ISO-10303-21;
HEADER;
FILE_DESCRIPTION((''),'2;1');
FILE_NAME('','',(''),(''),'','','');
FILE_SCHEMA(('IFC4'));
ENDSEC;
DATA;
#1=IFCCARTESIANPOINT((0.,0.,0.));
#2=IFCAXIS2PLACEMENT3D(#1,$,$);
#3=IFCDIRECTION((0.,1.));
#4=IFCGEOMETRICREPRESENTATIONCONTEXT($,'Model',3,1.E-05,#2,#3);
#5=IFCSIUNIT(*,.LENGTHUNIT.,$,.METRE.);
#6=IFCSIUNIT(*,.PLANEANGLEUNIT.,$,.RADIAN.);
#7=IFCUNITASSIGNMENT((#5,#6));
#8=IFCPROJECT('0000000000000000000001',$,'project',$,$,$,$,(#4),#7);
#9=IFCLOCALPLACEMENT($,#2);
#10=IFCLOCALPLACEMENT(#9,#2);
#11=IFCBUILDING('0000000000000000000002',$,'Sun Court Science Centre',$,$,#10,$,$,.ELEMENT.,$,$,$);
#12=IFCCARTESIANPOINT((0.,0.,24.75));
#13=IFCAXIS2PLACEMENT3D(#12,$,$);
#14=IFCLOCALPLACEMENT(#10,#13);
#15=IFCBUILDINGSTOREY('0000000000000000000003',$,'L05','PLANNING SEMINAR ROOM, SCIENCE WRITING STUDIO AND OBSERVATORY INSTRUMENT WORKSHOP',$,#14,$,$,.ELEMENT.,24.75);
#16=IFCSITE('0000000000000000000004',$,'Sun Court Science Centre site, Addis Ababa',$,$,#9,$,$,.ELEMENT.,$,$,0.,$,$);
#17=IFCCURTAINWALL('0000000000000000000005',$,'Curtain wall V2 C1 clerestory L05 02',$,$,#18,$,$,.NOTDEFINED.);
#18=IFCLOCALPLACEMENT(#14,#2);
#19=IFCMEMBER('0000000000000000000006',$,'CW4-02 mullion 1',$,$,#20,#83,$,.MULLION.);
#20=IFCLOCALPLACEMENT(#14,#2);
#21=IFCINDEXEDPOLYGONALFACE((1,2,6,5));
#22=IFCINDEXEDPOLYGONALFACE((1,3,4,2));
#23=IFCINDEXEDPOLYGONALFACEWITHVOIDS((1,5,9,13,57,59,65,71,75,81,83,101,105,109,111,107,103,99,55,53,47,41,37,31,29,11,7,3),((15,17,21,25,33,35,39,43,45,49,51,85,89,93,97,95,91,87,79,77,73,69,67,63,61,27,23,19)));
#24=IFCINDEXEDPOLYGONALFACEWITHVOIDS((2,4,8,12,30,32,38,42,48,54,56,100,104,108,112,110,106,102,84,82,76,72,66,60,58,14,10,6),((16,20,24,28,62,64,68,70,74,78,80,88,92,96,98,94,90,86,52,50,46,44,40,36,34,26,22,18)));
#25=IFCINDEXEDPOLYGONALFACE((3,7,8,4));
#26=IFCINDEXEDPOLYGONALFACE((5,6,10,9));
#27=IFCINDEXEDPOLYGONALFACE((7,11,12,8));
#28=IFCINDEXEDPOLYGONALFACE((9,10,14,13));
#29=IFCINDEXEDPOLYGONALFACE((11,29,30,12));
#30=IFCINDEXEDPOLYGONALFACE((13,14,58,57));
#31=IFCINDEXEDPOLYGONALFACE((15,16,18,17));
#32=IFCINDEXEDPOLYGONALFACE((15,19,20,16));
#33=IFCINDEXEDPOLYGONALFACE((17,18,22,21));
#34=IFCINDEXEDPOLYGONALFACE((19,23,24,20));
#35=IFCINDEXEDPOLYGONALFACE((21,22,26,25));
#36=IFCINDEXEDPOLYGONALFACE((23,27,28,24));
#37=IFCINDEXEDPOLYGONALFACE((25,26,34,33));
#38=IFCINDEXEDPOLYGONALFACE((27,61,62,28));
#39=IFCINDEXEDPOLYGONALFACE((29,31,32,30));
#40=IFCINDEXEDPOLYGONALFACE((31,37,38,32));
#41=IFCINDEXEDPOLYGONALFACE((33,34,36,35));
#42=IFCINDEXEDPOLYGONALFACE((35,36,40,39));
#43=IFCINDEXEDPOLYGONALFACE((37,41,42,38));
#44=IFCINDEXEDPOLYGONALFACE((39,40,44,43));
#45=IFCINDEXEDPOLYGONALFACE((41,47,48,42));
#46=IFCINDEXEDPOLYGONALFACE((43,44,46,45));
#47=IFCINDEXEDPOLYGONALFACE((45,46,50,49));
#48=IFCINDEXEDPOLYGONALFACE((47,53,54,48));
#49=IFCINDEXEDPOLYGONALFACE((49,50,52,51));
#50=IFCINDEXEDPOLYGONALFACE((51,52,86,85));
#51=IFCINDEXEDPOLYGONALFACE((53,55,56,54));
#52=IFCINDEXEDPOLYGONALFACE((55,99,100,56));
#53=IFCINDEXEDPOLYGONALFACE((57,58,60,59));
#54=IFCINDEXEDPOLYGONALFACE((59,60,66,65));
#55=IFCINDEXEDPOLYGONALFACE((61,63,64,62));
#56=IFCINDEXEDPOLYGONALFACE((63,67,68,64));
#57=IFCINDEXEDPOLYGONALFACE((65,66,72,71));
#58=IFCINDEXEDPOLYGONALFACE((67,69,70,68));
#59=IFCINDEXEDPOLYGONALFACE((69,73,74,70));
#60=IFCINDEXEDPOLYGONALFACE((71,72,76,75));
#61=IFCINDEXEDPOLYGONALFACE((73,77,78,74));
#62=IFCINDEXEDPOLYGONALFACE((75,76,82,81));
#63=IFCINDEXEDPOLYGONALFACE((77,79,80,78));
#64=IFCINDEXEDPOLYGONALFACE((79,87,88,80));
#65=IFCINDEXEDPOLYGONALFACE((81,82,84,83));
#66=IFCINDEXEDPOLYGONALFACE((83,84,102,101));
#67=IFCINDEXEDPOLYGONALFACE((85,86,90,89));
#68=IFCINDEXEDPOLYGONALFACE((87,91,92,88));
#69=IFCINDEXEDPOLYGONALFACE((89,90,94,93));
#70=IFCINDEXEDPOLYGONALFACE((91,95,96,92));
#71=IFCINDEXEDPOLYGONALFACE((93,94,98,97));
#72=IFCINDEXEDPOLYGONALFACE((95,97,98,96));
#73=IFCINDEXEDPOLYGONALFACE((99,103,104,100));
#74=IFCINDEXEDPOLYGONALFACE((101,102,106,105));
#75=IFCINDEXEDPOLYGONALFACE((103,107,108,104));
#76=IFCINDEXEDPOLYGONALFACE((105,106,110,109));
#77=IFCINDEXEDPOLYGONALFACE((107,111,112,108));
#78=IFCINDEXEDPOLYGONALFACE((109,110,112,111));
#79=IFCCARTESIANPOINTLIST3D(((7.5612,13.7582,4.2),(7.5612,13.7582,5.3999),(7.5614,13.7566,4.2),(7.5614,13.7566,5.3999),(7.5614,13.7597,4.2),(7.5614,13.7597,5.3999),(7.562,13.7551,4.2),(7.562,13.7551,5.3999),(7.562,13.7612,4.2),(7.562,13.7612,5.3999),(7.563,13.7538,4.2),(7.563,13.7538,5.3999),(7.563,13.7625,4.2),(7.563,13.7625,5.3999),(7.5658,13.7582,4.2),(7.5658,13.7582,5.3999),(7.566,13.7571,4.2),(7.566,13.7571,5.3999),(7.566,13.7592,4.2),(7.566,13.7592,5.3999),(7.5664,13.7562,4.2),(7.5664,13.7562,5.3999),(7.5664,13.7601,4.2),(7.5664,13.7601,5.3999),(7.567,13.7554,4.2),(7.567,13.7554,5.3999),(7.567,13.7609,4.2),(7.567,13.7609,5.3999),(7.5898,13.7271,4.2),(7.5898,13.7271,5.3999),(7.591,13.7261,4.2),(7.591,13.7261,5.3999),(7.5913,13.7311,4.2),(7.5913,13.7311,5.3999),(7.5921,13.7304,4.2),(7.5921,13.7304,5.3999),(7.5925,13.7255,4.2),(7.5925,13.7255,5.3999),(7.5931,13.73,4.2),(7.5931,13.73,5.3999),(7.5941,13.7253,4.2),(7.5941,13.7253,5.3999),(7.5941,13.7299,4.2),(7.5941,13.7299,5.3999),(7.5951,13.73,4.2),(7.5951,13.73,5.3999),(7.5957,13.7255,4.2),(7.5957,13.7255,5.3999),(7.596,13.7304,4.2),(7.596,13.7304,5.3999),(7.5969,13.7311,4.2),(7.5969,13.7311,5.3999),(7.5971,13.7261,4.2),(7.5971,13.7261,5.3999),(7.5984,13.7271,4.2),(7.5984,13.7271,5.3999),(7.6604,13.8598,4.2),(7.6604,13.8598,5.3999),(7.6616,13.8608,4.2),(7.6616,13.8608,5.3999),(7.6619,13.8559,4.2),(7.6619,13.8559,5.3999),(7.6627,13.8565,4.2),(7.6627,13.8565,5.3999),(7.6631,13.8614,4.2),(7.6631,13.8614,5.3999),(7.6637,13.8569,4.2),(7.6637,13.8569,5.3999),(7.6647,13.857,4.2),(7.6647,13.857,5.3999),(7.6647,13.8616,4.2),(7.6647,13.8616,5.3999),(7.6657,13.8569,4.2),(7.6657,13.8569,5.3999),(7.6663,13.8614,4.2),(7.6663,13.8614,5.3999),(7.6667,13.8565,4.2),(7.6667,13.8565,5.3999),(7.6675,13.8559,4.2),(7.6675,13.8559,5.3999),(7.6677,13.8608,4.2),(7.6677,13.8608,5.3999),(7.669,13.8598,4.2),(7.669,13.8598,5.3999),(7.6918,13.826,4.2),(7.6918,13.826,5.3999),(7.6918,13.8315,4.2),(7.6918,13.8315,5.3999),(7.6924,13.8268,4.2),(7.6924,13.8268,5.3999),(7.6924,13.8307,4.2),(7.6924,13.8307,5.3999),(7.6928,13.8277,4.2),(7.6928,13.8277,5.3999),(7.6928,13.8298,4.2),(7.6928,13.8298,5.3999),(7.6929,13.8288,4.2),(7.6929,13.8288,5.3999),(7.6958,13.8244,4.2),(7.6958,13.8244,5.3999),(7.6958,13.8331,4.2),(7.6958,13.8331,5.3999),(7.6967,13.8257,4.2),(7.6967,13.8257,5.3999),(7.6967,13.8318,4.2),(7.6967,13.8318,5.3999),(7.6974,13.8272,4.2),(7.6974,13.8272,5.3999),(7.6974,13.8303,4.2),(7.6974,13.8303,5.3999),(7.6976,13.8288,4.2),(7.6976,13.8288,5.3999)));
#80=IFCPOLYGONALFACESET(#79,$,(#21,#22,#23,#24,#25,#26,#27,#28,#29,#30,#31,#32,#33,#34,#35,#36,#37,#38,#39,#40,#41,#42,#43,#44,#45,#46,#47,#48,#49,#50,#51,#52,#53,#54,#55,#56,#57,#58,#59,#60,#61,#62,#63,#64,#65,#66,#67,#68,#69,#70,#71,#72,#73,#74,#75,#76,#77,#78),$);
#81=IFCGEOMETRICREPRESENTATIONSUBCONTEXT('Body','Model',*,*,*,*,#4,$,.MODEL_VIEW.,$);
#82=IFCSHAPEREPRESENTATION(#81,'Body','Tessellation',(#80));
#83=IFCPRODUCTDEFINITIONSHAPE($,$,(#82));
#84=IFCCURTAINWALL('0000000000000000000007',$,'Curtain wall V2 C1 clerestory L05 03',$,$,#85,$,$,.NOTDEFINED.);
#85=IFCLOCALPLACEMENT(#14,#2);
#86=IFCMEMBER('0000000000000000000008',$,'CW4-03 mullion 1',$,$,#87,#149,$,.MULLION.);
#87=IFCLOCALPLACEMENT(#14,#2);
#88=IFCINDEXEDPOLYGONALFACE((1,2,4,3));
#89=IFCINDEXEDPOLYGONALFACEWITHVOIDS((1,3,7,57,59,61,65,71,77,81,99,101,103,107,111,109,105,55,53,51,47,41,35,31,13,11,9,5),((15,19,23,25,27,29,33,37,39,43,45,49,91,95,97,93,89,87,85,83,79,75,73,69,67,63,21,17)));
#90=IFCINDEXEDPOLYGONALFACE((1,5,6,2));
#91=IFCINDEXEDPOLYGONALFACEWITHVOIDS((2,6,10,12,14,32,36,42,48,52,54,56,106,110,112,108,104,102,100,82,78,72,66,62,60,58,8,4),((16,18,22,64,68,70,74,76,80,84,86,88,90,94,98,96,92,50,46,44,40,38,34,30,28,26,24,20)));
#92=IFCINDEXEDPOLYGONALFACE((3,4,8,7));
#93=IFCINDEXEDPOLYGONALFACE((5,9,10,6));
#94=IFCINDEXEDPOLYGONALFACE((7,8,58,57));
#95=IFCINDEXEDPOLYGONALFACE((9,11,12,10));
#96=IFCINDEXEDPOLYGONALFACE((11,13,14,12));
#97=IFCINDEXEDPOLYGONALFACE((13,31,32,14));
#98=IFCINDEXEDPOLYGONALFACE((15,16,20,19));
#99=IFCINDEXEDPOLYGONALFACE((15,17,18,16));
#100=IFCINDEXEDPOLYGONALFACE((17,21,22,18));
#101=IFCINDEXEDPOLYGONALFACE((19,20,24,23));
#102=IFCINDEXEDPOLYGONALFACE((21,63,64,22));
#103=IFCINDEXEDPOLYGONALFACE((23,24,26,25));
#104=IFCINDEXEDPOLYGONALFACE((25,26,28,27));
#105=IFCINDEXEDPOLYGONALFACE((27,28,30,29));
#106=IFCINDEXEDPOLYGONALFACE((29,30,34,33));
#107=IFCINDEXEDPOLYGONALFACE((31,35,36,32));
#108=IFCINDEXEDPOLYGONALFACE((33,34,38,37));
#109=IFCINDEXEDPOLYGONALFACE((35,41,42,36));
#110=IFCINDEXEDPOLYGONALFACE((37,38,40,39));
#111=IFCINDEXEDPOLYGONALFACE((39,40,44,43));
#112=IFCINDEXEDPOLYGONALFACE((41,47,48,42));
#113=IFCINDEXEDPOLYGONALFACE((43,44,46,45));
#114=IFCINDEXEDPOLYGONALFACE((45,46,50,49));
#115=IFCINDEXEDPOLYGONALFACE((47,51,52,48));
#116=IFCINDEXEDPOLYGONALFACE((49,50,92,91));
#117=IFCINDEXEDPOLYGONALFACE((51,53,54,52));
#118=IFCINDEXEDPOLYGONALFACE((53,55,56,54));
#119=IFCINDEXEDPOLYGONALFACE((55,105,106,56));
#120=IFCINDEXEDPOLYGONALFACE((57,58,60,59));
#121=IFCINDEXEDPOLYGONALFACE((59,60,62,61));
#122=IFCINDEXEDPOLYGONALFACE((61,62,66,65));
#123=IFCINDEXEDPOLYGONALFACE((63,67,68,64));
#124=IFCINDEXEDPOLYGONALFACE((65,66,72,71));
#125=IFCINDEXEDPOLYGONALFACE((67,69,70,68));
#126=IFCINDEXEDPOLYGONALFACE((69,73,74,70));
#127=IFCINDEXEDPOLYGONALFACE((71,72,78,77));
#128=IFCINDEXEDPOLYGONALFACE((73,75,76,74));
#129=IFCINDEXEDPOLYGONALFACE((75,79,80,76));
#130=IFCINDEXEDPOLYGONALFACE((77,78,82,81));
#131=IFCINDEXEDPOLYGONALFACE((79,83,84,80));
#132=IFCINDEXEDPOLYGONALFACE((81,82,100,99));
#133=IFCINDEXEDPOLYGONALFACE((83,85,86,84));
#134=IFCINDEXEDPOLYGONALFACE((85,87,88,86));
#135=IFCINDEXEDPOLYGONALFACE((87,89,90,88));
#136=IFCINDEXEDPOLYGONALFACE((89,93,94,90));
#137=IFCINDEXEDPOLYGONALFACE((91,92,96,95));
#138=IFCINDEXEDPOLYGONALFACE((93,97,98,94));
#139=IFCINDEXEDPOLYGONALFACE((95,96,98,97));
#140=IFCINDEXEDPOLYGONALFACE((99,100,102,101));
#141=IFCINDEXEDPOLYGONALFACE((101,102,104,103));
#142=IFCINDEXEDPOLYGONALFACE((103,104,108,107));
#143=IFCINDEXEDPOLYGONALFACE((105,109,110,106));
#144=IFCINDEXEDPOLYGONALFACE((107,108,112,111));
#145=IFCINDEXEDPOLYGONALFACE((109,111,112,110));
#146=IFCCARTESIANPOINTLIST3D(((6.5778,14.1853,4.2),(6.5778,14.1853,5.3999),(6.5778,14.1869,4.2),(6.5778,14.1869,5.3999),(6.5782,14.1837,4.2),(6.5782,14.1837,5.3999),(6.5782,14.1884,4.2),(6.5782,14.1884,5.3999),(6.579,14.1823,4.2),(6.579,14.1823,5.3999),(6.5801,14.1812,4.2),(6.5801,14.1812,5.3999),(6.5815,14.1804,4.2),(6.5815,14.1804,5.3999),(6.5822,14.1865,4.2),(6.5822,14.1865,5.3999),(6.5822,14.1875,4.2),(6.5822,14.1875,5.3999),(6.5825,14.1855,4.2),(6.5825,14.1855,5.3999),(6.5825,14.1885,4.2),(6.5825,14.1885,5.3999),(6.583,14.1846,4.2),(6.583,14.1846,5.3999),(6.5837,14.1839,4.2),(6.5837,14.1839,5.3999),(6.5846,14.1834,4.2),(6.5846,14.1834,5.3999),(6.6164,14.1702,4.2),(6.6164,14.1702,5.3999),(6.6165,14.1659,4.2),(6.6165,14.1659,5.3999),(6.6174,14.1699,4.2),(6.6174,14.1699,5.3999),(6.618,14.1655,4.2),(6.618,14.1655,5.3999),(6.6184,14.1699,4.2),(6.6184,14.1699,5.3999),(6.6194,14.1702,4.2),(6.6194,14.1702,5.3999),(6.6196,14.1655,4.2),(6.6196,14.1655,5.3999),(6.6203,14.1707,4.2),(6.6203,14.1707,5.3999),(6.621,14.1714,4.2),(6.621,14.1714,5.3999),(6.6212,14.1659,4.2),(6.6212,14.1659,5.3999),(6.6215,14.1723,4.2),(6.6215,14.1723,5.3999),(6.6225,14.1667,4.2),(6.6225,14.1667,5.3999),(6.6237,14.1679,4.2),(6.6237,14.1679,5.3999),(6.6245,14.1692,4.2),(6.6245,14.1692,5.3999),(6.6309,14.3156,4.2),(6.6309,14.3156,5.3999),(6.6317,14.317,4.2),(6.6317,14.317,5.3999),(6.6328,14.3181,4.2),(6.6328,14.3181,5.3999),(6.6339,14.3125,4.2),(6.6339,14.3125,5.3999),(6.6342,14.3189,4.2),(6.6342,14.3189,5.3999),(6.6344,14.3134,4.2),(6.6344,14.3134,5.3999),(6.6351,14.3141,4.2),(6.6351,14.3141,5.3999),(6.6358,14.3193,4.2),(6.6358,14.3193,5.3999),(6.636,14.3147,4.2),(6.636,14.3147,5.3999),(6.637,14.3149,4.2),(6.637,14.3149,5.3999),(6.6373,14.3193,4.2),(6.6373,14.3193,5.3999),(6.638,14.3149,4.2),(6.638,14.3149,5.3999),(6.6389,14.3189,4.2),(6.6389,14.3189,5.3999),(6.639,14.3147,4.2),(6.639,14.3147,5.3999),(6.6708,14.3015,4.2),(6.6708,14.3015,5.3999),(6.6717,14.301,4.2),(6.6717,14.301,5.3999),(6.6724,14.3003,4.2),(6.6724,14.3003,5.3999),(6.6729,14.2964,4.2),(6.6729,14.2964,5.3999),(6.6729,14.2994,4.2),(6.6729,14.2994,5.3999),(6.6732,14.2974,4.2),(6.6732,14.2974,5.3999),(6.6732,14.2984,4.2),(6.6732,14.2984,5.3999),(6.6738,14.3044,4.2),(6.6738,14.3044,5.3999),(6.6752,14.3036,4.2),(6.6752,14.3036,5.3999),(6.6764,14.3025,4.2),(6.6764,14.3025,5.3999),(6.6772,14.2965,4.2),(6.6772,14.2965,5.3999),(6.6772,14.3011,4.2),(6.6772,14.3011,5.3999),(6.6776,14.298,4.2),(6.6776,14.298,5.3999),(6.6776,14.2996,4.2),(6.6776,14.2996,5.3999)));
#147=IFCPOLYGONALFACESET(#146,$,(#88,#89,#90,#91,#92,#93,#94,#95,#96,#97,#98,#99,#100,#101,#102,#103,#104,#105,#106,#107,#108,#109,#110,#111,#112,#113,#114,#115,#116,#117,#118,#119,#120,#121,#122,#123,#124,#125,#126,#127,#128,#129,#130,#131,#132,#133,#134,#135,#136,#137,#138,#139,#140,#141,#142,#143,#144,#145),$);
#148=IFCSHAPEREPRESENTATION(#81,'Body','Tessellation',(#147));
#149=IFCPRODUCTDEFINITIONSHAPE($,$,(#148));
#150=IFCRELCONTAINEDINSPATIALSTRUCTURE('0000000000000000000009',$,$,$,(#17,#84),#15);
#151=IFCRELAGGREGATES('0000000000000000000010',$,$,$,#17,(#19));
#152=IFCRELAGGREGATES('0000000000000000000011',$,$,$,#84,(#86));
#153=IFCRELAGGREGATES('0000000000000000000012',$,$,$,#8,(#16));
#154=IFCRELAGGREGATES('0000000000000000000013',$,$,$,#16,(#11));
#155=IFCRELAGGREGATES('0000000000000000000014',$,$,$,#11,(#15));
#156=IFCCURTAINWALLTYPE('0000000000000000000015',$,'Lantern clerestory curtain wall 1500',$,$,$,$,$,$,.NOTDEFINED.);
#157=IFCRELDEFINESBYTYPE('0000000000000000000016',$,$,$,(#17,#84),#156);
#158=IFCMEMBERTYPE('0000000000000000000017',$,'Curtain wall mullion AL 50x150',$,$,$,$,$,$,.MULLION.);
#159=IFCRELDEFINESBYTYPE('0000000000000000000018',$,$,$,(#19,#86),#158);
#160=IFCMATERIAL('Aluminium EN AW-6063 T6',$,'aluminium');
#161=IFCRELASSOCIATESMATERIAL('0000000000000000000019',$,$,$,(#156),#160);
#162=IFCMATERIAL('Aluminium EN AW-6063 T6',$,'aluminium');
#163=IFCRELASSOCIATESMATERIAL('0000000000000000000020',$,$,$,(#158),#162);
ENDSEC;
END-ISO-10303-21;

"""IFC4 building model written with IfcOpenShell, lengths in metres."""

from ifc_helpers import new_model, si_unit, direction, frame, origin, origin_2d, place, context, subcontext, project, spatial, hollow_rectangle, extrude, material, material_profile, profile_set, type_object, element, aggregate, save


model = new_model("IFC4")

# Units and contexts
model_context = context("Model", 3, precision=1e-05, world=origin(), true_north=direction((0.0, 1.0)))
body_context = subcontext(model_context, "Body", "Model", "MODEL_VIEW")
ifc_project = project(units=[si_unit("LENGTHUNIT", "METRE"), si_unit("PLANEANGLEUNIT", "RADIAN")], contexts=[model_context])

# Site, building, storey
site_placement = place(None, origin())
site = spatial("IfcSite", under=ifc_project, at=site_placement, Name="Sun Court Science Centre site, Addis Ababa", CompositionType="ELEMENT", RefElevation=0.0)
building_placement = place(site_placement, origin())
building = spatial("IfcBuilding", under=site, at=building_placement, Name="Sun Court Science Centre", CompositionType="ELEMENT")
storey_placement = place(building_placement, frame((0.0, 0.0, 24.75)))
storey = spatial("IfcBuildingStorey", under=building, at=storey_placement, Name="L05", Description="PLANNING SEMINAR ROOM, SCIENCE WRITING STUDIO AND OBSERVATORY INSTRUMENT WORKSHOP", CompositionType="ELEMENT", Elevation=24.75)

# Curtain wall, member
ifc_material_1 = material(Name="Aluminium EN AW-6063 T6", Category="aluminium")
curtain_wall_type = type_object("IfcCurtainWallType", Name="Lantern clerestory curtain wall 1500", PredefinedType="NOTDEFINED", material=ifc_material_1)
curtain_wall_1_placement = place(storey_placement, origin())
curtain_wall_1 = element("IfcCurtainWall", 1, at=curtain_wall_1_placement, inside=storey, type_object=curtain_wall_type, Name="Curtain wall V2 C1 clerestory L05 02", PredefinedType="NOTDEFINED")
ifc_material_2 = material(Name="Aluminium EN AW-6063 T6", Category="aluminium")
ifc_material_profile_1 = material_profile(ifc_material_2, hollow_rectangle(XDim=0.05, YDim=0.1499, WallThickness=0.0039, InnerFilletRadius=0.0039, OuterFilletRadius=0.0061, at=origin_2d()), Name="AL 50x150x4")
ifc_profile_set_1 = profile_set([ifc_material_profile_1], Name="Aluminium EN AW-6063 T6")
member_type_1 = type_object("IfcMemberType", Name="Curtain wall mullion AL 50x150", PredefinedType="MULLION", material=ifc_profile_set_1)
member_1_placement = place(storey_placement, frame((7.6294, 13.7935, 4.2), z_axis=(0.0, 0.0, 1.0), x_axis=(0.707107, -0.707107, 0.0)))
member_1 = element("IfcMember", 2, at=member_1_placement, type_object=member_type_1, Name="CW4-02 mullion 1", PredefinedType="MULLION", context=body_context, shape_type="SweptSolid", body=[
    extrude(hollow_rectangle(XDim=0.05, YDim=0.1499, WallThickness=0.0039, InnerFilletRadius=0.0039, OuterFilletRadius=0.0061, at=origin_2d()), origin(), (0.0, 0.0, 1.0), 1.2),
])

# Curtain wall, member
curtain_wall_2_placement = place(storey_placement, origin())
curtain_wall_2 = element("IfcCurtainWall", 3, at=curtain_wall_2_placement, inside=storey, type_object=curtain_wall_type, Name="Curtain wall V2 C1 clerestory L05 03", PredefinedType="NOTDEFINED")
member_2_placement = place(storey_placement, frame((6.6277, 14.2424, 4.2), z_axis=(0.0, 0.0, 1.0), x_axis=(0.92388, -0.382683, 0.0)))
member_2 = element("IfcMember", 4, at=member_2_placement, type_object=member_type_1, Name="CW4-03 mullion 1", PredefinedType="MULLION", context=body_context, shape_type="SweptSolid", body=[
    extrude(hollow_rectangle(XDim=0.05, YDim=0.1499, WallThickness=0.0039, InnerFilletRadius=0.0039, OuterFilletRadius=0.0061, at=origin_2d()), origin(), (0.0, 0.0, 1.0), 1.2),
])

aggregate(curtain_wall_1, [member_1])

aggregate(curtain_wall_2, [member_2])

save(model, "model.ifc")
